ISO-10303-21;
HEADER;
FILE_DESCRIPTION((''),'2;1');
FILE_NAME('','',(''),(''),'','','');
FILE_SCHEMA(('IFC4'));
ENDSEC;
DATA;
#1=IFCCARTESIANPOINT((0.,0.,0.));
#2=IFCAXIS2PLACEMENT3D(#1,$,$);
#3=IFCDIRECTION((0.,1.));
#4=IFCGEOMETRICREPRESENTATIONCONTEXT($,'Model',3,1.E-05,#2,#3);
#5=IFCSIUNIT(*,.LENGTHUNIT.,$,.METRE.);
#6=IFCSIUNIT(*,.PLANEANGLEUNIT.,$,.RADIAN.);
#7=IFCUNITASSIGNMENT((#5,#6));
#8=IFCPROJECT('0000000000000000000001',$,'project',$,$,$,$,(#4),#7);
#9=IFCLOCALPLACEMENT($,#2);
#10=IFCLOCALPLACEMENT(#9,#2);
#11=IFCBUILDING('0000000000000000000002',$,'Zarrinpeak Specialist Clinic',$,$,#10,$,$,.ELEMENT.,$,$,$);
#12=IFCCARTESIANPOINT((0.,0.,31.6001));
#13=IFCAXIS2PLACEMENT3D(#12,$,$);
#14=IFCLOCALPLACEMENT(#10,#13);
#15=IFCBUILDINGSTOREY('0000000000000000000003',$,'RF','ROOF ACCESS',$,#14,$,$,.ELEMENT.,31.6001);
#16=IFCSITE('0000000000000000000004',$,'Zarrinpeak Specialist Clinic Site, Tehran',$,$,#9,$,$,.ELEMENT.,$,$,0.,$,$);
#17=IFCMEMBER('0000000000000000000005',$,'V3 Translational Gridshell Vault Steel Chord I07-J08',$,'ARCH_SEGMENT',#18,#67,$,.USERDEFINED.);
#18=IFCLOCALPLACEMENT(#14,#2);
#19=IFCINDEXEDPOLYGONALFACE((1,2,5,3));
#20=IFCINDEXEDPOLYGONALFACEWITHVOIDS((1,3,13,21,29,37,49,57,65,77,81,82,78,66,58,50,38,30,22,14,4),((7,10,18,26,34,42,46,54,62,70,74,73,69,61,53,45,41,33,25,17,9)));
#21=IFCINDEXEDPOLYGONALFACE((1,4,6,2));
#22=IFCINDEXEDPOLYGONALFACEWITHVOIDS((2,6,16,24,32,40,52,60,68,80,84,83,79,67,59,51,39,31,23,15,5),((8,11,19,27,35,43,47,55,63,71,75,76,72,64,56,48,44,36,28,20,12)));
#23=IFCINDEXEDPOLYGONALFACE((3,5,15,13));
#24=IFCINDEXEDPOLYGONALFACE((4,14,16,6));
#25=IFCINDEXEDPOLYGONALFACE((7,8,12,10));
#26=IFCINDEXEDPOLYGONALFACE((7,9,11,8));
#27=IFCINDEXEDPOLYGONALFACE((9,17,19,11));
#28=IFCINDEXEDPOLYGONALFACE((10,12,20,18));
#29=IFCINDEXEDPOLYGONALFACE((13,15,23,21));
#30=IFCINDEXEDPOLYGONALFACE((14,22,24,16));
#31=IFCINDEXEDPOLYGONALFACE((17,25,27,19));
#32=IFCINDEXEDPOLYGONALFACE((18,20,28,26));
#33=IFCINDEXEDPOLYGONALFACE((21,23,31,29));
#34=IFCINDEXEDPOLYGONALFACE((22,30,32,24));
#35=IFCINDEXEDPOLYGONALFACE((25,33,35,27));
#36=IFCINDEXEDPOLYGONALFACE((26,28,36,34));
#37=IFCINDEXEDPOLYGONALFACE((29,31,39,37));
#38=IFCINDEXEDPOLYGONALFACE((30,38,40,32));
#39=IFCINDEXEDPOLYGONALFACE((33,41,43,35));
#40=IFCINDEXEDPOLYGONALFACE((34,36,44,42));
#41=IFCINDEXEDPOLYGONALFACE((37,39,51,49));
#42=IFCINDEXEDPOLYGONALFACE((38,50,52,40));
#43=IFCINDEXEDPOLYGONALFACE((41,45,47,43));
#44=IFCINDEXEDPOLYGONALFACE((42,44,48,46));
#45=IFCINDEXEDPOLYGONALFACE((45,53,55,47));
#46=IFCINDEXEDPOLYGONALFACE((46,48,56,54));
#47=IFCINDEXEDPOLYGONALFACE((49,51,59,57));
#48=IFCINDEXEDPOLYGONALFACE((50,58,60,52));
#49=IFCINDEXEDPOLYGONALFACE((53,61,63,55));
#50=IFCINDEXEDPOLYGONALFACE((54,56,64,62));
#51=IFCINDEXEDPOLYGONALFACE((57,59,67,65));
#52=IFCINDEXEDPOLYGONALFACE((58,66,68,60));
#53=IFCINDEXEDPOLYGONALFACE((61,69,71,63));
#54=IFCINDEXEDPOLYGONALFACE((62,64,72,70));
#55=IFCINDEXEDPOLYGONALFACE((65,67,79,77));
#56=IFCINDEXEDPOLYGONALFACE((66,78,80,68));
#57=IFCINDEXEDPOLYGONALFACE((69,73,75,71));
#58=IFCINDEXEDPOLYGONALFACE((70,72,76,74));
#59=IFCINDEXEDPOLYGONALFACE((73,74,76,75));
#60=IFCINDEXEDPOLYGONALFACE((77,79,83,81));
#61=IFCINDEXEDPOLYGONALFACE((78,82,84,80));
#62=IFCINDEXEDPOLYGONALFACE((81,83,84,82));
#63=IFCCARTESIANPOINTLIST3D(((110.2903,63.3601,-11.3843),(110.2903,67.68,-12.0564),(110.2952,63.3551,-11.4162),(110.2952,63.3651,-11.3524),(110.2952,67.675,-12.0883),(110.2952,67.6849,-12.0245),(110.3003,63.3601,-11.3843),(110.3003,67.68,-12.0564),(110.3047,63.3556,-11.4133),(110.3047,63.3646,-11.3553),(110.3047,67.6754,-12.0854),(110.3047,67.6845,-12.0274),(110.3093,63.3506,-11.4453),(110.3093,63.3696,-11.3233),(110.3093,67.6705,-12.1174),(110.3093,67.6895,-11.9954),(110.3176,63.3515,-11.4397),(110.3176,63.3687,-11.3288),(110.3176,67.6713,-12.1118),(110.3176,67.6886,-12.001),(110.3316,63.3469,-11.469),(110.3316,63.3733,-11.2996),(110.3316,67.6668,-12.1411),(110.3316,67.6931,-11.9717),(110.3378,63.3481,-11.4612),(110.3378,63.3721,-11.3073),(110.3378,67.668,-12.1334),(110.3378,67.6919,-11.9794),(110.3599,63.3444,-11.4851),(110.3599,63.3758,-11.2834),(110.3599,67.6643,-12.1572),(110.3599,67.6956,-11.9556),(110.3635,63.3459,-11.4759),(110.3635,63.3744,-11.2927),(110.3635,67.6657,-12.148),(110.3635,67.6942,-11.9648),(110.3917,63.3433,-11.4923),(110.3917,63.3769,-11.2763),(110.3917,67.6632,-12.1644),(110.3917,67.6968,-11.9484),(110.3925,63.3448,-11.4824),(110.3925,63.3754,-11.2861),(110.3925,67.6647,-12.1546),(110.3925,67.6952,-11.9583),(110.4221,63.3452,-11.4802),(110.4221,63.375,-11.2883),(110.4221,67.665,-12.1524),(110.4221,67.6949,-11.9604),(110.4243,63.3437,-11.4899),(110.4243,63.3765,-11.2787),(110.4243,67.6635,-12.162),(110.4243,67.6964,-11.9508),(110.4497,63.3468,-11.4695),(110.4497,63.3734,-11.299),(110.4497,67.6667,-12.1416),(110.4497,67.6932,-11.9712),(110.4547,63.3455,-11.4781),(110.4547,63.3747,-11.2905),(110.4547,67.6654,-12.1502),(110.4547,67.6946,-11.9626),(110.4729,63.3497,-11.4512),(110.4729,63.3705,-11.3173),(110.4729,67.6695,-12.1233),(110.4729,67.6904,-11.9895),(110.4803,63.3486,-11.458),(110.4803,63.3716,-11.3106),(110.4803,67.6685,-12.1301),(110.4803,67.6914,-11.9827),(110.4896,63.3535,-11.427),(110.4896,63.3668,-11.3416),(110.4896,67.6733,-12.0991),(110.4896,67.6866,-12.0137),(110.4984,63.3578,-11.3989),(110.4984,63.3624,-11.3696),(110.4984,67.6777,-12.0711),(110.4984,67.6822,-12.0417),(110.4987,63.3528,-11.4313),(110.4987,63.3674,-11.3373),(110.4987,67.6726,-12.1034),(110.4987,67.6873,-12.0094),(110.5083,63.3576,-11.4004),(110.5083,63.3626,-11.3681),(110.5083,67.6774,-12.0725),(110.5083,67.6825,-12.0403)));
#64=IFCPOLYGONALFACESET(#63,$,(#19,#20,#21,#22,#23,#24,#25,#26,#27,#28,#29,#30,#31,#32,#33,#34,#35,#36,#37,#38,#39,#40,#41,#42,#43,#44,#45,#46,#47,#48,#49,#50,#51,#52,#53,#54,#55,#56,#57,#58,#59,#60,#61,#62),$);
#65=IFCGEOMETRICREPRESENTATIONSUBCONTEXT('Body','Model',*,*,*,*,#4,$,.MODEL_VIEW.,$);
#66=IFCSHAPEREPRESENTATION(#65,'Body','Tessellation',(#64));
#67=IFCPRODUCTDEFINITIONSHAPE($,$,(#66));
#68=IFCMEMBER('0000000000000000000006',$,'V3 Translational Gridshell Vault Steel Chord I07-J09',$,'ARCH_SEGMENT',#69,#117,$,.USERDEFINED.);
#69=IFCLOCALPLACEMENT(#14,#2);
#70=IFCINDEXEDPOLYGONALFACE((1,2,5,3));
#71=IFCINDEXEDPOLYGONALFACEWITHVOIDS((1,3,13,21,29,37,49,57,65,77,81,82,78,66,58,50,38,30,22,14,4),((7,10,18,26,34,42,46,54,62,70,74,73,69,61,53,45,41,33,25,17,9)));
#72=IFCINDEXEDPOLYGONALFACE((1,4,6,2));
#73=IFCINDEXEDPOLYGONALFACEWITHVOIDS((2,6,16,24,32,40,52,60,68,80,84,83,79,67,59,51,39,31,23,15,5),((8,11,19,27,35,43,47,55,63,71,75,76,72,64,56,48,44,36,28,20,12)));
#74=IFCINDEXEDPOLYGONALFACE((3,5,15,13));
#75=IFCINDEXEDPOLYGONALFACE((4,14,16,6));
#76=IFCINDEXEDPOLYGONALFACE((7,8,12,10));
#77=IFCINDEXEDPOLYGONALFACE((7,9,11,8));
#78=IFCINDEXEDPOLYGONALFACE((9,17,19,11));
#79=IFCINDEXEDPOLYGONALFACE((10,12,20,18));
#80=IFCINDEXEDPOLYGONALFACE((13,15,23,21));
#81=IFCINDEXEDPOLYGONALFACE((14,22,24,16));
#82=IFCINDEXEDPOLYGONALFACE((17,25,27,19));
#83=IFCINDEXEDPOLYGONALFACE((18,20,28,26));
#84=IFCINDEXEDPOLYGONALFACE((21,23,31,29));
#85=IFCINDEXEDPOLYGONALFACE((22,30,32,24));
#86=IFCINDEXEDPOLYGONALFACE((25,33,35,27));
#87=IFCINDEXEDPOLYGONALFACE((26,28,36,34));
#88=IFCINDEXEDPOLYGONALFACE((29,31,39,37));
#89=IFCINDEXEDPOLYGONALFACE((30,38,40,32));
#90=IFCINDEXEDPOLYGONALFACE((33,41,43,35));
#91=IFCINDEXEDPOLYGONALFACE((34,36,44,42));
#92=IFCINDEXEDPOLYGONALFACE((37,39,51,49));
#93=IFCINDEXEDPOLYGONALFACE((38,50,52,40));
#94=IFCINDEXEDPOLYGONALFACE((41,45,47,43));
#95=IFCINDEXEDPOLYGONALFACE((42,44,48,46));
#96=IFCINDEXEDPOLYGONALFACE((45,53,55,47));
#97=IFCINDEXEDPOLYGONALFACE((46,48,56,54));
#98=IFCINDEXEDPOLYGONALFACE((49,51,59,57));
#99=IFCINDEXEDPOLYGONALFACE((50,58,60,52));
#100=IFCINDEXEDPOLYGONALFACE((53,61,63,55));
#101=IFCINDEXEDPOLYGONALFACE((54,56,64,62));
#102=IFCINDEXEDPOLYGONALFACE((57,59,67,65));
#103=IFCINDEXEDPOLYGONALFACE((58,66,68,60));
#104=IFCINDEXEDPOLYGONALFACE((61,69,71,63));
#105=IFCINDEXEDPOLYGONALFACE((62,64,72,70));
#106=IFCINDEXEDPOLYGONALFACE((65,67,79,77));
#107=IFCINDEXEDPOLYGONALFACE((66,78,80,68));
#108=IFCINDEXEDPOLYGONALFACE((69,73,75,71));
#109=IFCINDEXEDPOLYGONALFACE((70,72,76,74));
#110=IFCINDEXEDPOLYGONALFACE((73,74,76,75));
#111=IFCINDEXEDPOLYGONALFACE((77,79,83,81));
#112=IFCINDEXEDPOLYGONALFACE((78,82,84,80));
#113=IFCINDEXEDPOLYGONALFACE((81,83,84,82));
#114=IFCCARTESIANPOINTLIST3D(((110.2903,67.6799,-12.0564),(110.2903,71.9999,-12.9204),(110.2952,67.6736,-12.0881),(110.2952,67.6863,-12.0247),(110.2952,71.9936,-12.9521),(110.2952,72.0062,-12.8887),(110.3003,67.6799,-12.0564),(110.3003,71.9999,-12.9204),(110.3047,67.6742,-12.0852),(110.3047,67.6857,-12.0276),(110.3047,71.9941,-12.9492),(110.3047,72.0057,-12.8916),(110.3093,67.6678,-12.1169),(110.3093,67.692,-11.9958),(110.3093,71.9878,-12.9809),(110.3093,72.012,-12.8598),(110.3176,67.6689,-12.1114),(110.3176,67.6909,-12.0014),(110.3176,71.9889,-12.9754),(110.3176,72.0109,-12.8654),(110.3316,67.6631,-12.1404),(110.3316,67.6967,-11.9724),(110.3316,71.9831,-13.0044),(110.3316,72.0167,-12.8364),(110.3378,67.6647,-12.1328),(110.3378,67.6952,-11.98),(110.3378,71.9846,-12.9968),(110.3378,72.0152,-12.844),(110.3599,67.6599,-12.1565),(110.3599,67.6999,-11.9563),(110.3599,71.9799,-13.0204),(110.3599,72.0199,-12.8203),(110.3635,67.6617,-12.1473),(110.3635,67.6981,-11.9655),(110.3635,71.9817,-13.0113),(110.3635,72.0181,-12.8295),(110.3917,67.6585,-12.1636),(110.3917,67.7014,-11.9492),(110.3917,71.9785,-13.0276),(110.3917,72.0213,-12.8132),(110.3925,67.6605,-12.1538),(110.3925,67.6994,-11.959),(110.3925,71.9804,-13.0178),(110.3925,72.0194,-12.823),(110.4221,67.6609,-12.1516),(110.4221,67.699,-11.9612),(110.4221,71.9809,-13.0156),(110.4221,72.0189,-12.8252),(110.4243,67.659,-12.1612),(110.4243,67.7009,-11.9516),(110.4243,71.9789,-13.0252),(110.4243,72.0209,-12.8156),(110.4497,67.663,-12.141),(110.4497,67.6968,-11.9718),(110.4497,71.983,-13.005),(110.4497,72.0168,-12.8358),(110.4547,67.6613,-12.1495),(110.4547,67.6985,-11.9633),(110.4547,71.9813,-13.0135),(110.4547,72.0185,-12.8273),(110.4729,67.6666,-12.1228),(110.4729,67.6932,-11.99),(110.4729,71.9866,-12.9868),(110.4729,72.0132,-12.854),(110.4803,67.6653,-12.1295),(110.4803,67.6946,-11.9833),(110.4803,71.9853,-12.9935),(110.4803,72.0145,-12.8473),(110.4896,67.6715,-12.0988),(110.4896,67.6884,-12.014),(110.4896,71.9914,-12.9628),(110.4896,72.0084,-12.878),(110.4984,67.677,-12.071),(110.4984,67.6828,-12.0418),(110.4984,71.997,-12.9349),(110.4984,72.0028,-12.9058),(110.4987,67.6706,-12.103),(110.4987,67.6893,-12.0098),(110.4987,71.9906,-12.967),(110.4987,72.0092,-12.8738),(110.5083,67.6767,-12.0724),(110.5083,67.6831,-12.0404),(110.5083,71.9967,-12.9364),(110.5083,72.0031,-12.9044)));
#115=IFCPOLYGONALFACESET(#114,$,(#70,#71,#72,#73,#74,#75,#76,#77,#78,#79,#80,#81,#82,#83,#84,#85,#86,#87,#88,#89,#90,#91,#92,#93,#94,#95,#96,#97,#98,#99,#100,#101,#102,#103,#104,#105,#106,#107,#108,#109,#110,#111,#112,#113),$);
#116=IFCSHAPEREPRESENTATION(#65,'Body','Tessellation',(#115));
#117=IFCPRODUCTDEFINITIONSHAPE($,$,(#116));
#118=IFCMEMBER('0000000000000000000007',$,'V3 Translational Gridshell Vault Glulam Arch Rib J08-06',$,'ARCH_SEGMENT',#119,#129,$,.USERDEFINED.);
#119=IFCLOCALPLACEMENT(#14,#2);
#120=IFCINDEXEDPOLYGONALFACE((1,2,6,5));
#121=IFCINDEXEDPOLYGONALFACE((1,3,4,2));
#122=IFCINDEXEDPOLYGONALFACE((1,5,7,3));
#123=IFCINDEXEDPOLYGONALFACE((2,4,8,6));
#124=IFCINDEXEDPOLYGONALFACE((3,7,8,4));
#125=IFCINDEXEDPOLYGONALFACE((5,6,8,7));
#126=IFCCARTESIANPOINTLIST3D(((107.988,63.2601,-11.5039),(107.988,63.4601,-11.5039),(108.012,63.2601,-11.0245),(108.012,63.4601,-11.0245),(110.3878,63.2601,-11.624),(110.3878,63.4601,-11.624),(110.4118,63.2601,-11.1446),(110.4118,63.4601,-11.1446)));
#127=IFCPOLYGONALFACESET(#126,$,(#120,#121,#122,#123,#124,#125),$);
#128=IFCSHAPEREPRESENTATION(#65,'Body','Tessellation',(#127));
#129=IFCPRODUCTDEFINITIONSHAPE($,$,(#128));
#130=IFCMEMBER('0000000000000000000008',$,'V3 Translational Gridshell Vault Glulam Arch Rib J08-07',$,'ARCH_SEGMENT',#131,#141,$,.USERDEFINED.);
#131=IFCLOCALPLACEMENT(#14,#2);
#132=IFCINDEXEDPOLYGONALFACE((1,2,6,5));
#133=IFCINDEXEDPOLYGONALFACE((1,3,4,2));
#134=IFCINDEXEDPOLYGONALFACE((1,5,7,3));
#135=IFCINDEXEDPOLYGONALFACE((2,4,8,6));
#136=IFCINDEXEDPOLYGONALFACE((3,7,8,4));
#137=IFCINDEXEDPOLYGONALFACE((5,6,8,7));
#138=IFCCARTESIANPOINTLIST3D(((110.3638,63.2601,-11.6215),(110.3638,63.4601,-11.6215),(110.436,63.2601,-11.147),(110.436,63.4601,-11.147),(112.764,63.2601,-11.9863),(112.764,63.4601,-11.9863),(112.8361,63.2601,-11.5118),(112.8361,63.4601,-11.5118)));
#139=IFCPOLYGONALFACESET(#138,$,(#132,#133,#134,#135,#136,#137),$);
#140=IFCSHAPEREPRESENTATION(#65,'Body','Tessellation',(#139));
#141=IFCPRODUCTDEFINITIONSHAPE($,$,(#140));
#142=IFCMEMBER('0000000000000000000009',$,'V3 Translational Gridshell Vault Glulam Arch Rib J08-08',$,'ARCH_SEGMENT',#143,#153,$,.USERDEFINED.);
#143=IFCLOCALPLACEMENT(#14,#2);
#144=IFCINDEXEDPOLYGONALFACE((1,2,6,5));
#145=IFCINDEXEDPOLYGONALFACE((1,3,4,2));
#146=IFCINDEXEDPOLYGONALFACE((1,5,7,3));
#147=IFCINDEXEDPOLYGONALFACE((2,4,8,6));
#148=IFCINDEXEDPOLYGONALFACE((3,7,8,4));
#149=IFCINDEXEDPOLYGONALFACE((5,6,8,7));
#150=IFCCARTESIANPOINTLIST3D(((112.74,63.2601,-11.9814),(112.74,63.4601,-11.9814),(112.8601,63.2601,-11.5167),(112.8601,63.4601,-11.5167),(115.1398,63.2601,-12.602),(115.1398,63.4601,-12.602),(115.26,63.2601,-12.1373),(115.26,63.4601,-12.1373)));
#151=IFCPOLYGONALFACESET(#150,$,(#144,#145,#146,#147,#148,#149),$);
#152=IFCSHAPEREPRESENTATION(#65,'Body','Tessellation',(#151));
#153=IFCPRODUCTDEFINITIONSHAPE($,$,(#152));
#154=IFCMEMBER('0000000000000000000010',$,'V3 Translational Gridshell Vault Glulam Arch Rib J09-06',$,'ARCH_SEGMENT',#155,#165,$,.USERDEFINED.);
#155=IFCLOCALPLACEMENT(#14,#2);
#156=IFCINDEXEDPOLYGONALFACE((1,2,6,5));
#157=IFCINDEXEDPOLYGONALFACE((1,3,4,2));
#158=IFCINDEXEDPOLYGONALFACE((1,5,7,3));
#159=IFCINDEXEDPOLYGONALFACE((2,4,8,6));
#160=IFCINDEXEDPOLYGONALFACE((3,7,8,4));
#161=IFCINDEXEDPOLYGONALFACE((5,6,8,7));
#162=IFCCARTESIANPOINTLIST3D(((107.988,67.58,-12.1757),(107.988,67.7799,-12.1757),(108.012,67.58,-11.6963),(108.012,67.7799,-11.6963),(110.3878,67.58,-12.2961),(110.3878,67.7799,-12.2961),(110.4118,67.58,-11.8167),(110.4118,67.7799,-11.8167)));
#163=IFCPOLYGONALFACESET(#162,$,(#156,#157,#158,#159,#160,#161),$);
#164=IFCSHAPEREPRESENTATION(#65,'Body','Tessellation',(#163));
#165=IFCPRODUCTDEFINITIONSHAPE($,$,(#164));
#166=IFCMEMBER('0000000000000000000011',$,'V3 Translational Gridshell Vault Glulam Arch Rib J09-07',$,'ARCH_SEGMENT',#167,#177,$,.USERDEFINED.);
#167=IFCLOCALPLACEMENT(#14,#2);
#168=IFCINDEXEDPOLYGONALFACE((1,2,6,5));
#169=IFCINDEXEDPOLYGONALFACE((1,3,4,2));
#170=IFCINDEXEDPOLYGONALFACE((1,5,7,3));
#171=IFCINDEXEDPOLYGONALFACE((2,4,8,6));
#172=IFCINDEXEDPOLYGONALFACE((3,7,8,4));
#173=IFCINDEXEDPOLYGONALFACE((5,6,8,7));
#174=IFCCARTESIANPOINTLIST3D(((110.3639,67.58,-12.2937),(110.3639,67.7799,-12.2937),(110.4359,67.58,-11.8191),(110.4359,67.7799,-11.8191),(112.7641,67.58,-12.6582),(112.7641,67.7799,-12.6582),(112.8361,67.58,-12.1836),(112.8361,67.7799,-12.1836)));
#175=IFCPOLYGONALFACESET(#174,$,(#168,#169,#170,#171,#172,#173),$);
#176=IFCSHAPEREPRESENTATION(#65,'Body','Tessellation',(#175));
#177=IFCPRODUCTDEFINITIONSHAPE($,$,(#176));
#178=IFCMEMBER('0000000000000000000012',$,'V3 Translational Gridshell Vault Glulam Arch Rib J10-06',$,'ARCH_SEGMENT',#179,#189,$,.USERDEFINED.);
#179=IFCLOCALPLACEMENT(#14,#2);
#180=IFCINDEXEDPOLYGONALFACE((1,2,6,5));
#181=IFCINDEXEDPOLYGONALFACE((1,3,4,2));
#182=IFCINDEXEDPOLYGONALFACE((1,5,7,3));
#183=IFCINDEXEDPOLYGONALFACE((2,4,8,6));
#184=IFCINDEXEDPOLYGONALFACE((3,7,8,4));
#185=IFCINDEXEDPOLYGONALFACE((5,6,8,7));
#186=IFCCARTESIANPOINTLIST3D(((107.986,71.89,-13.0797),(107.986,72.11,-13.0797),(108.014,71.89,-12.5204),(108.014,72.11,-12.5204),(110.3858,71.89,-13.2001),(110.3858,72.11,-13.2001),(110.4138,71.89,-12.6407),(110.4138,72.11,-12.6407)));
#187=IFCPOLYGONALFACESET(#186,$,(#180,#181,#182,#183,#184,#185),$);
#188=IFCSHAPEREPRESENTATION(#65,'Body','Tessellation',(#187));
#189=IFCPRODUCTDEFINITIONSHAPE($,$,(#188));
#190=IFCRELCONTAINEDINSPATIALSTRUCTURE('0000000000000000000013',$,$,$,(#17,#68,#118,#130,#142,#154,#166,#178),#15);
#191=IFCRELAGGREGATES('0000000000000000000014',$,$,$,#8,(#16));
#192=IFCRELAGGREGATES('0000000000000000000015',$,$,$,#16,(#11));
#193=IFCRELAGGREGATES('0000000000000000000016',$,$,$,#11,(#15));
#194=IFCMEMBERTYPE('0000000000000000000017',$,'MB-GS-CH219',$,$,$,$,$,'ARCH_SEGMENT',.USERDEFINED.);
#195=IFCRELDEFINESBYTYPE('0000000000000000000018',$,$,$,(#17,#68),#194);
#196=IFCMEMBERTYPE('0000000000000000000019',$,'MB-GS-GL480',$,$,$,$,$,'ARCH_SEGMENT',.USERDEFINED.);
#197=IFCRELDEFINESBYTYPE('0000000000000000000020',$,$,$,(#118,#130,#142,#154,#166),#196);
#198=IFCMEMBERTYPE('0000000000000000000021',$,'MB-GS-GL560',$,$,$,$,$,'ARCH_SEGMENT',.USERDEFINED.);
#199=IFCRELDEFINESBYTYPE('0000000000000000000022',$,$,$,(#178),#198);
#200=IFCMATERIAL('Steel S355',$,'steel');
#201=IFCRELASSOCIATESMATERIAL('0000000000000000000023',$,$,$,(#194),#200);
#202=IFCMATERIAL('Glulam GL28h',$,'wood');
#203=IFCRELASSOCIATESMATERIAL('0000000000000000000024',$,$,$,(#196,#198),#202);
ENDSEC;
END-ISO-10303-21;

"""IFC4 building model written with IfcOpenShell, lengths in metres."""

from ifc_helpers import new_model, si_unit, direction, frame, origin, origin_2d, place, context, subcontext, project, spatial, rectangle, hollow_circle, extrude, material, material_profile, profile_set, type_object, element, save


model = new_model("IFC4")

# Units and contexts
model_context = context("Model", 3, precision=1e-05, world=origin(), true_north=direction((0.0, 1.0)))
body_context = subcontext(model_context, "Body", "Model", "MODEL_VIEW")
ifc_project = project(units=[si_unit("LENGTHUNIT", "METRE"), si_unit("PLANEANGLEUNIT", "RADIAN")], contexts=[model_context])

# Site, building, storey
site_placement = place(None, origin())
site = spatial("IfcSite", under=ifc_project, at=site_placement, Name="Zarrinpeak Specialist Clinic Site, Tehran", CompositionType="ELEMENT", RefElevation=0.0)
building_placement = place(site_placement, origin())
building = spatial("IfcBuilding", under=site, at=building_placement, Name="Zarrinpeak Specialist Clinic", CompositionType="ELEMENT")
storey_placement = place(building_placement, frame((0.0, 0.0, 31.6001)))
storey = spatial("IfcBuildingStorey", under=building, at=storey_placement, Name="RF", Description="ROOF ACCESS", CompositionType="ELEMENT", Elevation=31.6001)

# Members
ifc_material_1 = material(Name="Steel S355", Category="steel")
ifc_material_profile_1 = material_profile(ifc_material_1, hollow_circle(Radius=0.1096, WallThickness=0.01, at=origin_2d()), Name="CHS 219.1x10.0")
ifc_profile_set_1 = profile_set([ifc_material_profile_1], Name="Steel S355")
member_type_1 = type_object("IfcMemberType", Name="MB-GS-CH219", ElementType="ARCH_SEGMENT", PredefinedType="USERDEFINED", material=ifc_profile_set_1)
member_1_placement = place(storey_placement, frame((110.3999, 63.3601, -11.3843), z_axis=(0.0, 0.988111, -0.15374), x_axis=(-1.0, 0.0, 0.0)))
element("IfcMember", 1, at=member_1_placement, inside=storey, type_object=member_type_1, Name="V3 Translational Gridshell Vault Steel Chord I07-J08", ObjectType="ARCH_SEGMENT", PredefinedType="USERDEFINED", context=body_context, shape_type="SweptSolid", body=[
    extrude(hollow_circle(Radius=0.1096, WallThickness=0.01, at=origin_2d()), origin(), (0.0, 0.0, 1.0), 4.3718),
])
member_2_placement = place(storey_placement, frame((110.3999, 67.6799, -12.0564), z_axis=(0.0, 0.980581, -0.196116), x_axis=(-1.0, 0.0, 0.0)))
element("IfcMember", 2, at=member_2_placement, inside=storey, type_object=member_type_1, Name="V3 Translational Gridshell Vault Steel Chord I07-J09", ObjectType="ARCH_SEGMENT", PredefinedType="USERDEFINED", context=body_context, shape_type="SweptSolid", body=[
    extrude(hollow_circle(Radius=0.1096, WallThickness=0.01, at=origin_2d()), origin(), (0.0, 0.0, 1.0), 4.4055),
])
ifc_material_2 = material(Name="Glulam GL28h", Category="wood")
ifc_material_profile_2 = material_profile(ifc_material_2, rectangle(XDim=0.2, YDim=0.48, at=origin_2d()), Name="GL28h 200x480")
ifc_profile_set_2 = profile_set([ifc_material_profile_2], Name="Glulam GL28h")
member_type_2 = type_object("IfcMemberType", Name="MB-GS-GL480", ElementType="ARCH_SEGMENT", PredefinedType="USERDEFINED", material=ifc_profile_set_2)
member_3_placement = place(storey_placement, frame((108.0, 63.3601, -11.2642), z_axis=(0.99875, 0.0, -0.049988), x_axis=(0.0, 1.0, 0.0)))
element("IfcMember", 3, at=member_3_placement, inside=storey, type_object=member_type_2, Name="V3 Translational Gridshell Vault Glulam Arch Rib J08-06", ObjectType="ARCH_SEGMENT", PredefinedType="USERDEFINED", context=body_context, shape_type="SweptSolid", body=[
    extrude(rectangle(XDim=0.2, YDim=0.48, at=origin_2d()), origin(), (0.0, 0.0, 1.0), 2.4028),
])
member_4_placement = place(storey_placement, frame((110.3999, 63.3601, -11.3843), z_axis=(0.988649, 0.0, -0.150243), x_axis=(0.0, 1.0, 0.0)))
element("IfcMember", 4, at=member_4_placement, inside=storey, type_object=member_type_2, Name="V3 Translational Gridshell Vault Glulam Arch Rib J08-07", ObjectType="ARCH_SEGMENT", PredefinedType="USERDEFINED", context=body_context, shape_type="SweptSolid", body=[
    extrude(rectangle(XDim=0.2, YDim=0.48, at=origin_2d()), origin(), (0.0, 0.0, 1.0), 2.4277),
])
member_5_placement = place(storey_placement, frame((112.8, 63.3601, -11.749), z_axis=(0.968153, 0.0, -0.250361), x_axis=(0.0, 1.0, 0.0)))
element("IfcMember", 5, at=member_5_placement, inside=storey, type_object=member_type_2, Name="V3 Translational Gridshell Vault Glulam Arch Rib J08-08", ObjectType="ARCH_SEGMENT", PredefinedType="USERDEFINED", context=body_context, shape_type="SweptSolid", body=[
    extrude(rectangle(XDim=0.2, YDim=0.48, at=origin_2d()), origin(), (0.0, 0.0, 1.0), 2.4788),
])
member_6_placement = place(storey_placement, frame((108.0, 67.6799, -11.936), z_axis=(0.998745, 0.0, -0.05009), x_axis=(0.0, 1.0, 0.0)))
element("IfcMember", 6, at=member_6_placement, inside=storey, type_object=member_type_2, Name="V3 Translational Gridshell Vault Glulam Arch Rib J09-06", ObjectType="ARCH_SEGMENT", PredefinedType="USERDEFINED", context=body_context, shape_type="SweptSolid", body=[
    extrude(rectangle(XDim=0.2, YDim=0.48, at=origin_2d()), origin(), (0.0, 0.0, 1.0), 2.4028),
])
member_7_placement = place(storey_placement, frame((110.3999, 67.6799, -12.0564), z_axis=(0.988664, 0.0, -0.150145), x_axis=(0.0, 1.0, 0.0)))
element("IfcMember", 7, at=member_7_placement, inside=storey, type_object=member_type_2, Name="V3 Translational Gridshell Vault Glulam Arch Rib J09-07", ObjectType="ARCH_SEGMENT", PredefinedType="USERDEFINED", context=body_context, shape_type="SweptSolid", body=[
    extrude(rectangle(XDim=0.2, YDim=0.48, at=origin_2d()), origin(), (0.0, 0.0, 1.0), 2.4277),
])
ifc_material_profile_3 = material_profile(ifc_material_2, rectangle(XDim=0.22, YDim=0.5601, at=origin_2d()), Name="GL28h 220x560")
ifc_profile_set_3 = profile_set([ifc_material_profile_3], Name="Glulam GL28h")
member_type_3 = type_object("IfcMemberType", Name="MB-GS-GL560", ElementType="ARCH_SEGMENT", PredefinedType="USERDEFINED", material=ifc_profile_set_3)
member_8_placement = place(storey_placement, frame((108.0, 72.0, -12.8), z_axis=(0.998745, 0.0, -0.05009), x_axis=(0.0, 1.0, 0.0)))
element("IfcMember", 8, at=member_8_placement, inside=storey, type_object=member_type_3, Name="V3 Translational Gridshell Vault Glulam Arch Rib J10-06", ObjectType="ARCH_SEGMENT", PredefinedType="USERDEFINED", context=body_context, shape_type="SweptSolid", body=[
    extrude(rectangle(XDim=0.22, YDim=0.5601, at=origin_2d()), origin(), (0.0, 0.0, 1.0), 2.4028),
])

save(model, "model.ifc")
